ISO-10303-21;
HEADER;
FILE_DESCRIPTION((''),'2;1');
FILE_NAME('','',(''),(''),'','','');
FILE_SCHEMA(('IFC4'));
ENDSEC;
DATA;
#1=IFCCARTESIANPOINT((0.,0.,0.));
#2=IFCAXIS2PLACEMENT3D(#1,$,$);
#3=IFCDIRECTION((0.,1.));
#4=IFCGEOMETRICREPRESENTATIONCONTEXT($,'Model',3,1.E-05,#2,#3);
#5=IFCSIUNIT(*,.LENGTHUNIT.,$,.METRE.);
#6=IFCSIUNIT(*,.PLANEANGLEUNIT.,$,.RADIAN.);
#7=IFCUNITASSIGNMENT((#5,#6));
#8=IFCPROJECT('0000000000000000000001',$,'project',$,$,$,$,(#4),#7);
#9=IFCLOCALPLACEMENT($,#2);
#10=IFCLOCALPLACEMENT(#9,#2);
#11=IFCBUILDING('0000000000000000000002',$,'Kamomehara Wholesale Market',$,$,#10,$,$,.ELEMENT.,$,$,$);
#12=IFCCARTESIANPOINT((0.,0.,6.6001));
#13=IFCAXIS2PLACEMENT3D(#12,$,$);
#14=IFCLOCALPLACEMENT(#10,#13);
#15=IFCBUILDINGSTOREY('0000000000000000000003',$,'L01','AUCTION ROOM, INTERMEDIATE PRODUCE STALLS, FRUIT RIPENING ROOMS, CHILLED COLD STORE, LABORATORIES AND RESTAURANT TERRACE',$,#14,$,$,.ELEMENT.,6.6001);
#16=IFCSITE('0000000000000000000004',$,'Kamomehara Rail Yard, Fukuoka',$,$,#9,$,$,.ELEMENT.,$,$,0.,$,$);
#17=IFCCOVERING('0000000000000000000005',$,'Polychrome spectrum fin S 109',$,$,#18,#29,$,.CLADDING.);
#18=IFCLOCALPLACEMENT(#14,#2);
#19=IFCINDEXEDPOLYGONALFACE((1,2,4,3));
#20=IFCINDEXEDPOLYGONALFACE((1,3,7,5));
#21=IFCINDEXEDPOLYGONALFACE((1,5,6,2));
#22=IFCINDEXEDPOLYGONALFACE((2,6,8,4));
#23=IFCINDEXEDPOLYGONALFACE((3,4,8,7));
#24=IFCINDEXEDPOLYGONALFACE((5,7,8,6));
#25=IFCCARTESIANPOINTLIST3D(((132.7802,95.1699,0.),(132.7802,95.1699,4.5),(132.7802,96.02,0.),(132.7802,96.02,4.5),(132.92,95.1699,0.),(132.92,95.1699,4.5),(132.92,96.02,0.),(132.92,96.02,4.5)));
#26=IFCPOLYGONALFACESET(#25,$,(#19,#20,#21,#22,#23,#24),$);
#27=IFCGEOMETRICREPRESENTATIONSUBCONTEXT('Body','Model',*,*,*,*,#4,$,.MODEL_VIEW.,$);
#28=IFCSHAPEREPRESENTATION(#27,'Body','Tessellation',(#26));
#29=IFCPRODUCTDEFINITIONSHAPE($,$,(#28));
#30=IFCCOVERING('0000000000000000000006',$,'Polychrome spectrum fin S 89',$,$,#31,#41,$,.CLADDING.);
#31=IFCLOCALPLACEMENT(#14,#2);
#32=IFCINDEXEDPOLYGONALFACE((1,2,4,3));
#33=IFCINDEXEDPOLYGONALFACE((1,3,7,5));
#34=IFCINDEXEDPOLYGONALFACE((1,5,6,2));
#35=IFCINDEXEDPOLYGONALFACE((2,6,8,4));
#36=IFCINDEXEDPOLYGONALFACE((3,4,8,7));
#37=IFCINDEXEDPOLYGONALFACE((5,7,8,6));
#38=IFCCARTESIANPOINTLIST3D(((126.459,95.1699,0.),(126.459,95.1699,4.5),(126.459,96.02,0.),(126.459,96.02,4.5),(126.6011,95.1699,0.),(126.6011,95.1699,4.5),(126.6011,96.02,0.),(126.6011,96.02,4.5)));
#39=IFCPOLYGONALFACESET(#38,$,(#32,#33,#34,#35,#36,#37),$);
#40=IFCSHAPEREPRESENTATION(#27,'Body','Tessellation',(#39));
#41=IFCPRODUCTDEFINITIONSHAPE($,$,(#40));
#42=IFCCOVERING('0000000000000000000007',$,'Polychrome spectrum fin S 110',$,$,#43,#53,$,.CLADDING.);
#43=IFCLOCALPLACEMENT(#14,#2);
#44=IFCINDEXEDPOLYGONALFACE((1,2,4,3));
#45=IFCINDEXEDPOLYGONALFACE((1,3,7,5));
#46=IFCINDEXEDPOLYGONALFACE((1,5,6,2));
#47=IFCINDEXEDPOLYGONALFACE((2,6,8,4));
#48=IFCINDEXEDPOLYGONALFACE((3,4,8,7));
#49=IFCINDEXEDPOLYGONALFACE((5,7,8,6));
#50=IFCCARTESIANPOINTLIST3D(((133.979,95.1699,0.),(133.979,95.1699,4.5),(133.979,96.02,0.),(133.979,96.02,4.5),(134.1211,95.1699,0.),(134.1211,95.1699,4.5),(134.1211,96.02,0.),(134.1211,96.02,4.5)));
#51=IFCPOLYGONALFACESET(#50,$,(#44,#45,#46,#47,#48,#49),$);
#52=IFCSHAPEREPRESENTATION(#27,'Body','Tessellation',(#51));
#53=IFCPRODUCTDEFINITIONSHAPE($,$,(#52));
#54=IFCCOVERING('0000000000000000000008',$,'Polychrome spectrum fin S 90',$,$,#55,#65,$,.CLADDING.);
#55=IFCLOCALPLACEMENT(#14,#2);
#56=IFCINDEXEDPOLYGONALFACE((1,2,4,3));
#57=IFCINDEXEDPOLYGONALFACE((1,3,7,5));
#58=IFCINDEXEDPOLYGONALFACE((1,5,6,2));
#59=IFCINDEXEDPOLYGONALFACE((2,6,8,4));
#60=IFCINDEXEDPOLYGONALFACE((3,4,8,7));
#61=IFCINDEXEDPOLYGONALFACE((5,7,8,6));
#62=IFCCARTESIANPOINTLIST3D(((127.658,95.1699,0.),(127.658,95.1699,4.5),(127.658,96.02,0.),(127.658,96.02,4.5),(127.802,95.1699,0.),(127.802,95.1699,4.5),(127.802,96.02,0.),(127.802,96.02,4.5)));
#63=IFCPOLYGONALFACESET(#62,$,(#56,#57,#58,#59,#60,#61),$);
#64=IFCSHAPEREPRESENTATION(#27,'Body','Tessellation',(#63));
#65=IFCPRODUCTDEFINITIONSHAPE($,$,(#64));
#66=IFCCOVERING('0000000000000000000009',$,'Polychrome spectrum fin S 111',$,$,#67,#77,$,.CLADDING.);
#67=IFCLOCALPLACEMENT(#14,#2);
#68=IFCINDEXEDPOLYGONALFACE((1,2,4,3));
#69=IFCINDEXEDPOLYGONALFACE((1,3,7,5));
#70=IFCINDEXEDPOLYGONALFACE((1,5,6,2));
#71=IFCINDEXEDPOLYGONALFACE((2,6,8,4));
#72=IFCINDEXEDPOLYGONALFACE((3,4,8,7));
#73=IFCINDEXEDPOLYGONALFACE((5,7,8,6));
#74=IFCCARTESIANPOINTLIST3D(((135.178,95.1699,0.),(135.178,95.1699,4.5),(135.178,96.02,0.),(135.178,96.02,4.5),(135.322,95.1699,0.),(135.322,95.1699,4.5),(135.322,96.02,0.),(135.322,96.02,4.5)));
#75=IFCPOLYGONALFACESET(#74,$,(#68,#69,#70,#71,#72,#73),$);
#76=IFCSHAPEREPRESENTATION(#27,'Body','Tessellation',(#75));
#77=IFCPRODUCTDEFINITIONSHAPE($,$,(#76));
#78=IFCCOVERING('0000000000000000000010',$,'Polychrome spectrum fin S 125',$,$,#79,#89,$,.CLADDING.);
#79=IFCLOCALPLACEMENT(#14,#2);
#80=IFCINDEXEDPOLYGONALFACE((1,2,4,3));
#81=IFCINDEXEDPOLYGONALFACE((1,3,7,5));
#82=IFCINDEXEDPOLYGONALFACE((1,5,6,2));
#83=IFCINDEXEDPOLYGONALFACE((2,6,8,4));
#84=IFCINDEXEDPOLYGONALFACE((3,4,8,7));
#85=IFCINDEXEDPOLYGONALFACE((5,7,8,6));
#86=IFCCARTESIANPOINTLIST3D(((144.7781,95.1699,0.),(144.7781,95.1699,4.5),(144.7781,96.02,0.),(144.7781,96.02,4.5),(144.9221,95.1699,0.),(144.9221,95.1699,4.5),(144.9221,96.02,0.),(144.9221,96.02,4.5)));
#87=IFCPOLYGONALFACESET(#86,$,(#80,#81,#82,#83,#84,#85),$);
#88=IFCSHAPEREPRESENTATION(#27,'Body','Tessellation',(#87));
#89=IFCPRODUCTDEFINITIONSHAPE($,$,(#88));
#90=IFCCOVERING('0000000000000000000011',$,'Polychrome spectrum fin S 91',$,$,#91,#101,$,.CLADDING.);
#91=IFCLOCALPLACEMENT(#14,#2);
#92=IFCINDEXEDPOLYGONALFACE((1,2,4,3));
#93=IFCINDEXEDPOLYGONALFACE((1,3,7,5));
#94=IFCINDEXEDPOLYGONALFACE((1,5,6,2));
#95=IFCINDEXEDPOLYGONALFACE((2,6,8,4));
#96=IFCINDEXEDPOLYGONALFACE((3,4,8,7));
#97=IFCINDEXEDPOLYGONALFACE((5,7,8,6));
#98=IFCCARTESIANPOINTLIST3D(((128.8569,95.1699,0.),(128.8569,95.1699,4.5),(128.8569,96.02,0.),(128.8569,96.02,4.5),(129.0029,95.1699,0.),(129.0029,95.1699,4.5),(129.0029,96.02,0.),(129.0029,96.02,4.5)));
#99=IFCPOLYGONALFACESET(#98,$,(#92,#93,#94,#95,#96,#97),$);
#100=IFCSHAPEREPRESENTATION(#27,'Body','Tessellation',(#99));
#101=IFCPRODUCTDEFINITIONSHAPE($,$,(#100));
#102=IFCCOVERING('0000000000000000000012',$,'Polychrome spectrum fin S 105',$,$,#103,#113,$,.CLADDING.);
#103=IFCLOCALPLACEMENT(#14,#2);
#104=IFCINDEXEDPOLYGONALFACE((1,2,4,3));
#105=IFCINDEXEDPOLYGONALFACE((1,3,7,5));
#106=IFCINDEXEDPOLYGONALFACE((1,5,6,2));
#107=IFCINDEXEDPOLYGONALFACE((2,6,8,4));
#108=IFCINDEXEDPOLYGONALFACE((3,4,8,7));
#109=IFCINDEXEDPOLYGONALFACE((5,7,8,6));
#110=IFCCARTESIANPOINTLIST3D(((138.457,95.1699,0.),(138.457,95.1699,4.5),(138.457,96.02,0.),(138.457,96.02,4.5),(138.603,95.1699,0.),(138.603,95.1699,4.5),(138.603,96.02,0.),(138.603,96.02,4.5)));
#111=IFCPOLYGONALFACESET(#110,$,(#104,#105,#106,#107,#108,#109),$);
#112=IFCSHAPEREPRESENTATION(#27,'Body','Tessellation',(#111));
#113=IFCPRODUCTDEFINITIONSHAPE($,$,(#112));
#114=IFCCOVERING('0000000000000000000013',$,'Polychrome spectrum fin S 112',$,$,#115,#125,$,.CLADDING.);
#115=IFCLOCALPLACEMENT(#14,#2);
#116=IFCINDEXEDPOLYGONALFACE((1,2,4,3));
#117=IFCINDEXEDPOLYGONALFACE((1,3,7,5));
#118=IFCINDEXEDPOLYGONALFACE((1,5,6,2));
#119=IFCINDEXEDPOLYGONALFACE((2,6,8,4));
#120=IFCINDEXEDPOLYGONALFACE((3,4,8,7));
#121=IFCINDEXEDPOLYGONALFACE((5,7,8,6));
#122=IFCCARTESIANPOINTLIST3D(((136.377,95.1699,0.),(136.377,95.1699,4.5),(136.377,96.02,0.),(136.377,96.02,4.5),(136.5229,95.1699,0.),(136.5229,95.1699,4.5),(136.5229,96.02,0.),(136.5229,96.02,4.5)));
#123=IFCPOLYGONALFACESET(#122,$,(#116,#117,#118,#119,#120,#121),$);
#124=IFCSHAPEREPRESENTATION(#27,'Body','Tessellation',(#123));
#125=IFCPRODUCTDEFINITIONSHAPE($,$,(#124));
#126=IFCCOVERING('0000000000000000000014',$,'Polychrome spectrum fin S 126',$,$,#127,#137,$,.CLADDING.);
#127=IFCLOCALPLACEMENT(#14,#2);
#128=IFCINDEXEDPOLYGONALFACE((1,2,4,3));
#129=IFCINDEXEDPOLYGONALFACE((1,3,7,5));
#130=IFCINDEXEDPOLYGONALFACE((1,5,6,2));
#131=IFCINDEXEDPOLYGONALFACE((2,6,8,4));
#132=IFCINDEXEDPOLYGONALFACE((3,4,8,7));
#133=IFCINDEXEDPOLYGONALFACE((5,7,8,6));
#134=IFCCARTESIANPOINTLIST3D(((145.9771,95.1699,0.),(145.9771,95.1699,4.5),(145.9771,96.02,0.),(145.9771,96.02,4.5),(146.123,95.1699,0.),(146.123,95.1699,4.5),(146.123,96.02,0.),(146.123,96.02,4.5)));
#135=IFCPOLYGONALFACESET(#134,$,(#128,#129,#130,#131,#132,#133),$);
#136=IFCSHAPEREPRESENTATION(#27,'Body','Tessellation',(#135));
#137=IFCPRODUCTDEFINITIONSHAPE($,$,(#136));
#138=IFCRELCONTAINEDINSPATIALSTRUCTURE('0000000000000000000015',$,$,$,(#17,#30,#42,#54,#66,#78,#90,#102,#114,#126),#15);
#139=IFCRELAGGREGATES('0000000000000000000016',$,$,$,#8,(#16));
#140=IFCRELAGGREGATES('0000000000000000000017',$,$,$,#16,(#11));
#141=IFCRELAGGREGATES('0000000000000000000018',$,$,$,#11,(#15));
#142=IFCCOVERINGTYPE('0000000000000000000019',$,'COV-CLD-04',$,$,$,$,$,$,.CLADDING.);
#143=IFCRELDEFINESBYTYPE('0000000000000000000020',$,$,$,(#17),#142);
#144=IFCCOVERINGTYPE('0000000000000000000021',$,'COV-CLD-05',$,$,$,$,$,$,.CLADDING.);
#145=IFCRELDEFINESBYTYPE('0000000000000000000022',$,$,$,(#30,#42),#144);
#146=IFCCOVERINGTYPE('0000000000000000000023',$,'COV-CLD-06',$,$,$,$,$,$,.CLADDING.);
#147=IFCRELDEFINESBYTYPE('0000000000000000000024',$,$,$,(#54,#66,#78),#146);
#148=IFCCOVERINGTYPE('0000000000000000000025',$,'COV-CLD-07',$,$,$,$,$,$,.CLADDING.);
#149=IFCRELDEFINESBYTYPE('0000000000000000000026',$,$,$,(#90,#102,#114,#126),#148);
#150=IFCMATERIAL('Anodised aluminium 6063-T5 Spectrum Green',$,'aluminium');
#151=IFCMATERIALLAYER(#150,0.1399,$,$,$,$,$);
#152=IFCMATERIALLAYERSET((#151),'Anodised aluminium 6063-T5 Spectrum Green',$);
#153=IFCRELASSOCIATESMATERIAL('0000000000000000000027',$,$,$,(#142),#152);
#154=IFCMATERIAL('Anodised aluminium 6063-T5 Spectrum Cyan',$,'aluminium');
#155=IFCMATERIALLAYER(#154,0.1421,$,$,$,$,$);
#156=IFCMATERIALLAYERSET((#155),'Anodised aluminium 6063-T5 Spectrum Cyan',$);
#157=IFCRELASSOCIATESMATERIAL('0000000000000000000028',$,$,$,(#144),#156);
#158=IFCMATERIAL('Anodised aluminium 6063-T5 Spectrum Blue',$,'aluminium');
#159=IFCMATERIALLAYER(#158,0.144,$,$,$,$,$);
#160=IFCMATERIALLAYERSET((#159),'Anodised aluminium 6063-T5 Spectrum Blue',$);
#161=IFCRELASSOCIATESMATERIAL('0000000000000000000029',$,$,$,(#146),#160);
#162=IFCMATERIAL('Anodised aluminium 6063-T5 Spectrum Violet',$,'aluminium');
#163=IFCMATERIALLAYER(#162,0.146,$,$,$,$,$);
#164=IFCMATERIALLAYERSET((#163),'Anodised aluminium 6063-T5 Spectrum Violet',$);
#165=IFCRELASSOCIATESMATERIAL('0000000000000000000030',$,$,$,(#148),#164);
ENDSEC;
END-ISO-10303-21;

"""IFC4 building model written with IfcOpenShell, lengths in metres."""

from ifc_helpers import new_model, si_unit, direction, frame, origin, origin_2d, place, context, subcontext, project, spatial, rectangle, extrude, material, layer, layer_set, type_object, element, save


model = new_model("IFC4")

# Units and contexts
model_context = context("Model", 3, precision=1e-05, world=origin(), true_north=direction((0.0, 1.0)))
body_context = subcontext(model_context, "Body", "Model", "MODEL_VIEW")
ifc_project = project(units=[si_unit("LENGTHUNIT", "METRE"), si_unit("PLANEANGLEUNIT", "RADIAN")], contexts=[model_context])

# Site, building, storey
site_placement = place(None, origin())
site = spatial("IfcSite", under=ifc_project, at=site_placement, Name="Kamomehara Rail Yard, Fukuoka", CompositionType="ELEMENT", RefElevation=0.0)
building_placement = place(site_placement, origin())
building = spatial("IfcBuilding", under=site, at=building_placement, Name="Kamomehara Wholesale Market", CompositionType="ELEMENT")
storey_placement = place(building_placement, frame((0.0, 0.0, 6.6001)))
storey = spatial("IfcBuildingStorey", under=building, at=storey_placement, Name="L01", Description="AUCTION ROOM, INTERMEDIATE PRODUCE STALLS, FRUIT RIPENING ROOMS, CHILLED COLD STORE, LABORATORIES AND RESTAURANT TERRACE", CompositionType="ELEMENT", Elevation=6.6001)

# Coverings
ifc_material_1 = material(Name="Anodised aluminium 6063-T5 Spectrum Green", Category="aluminium")
ifc_layer_1 = layer(ifc_material_1, 0.1399)
ifc_layer_set_1 = layer_set([ifc_layer_1], Name="Anodised aluminium 6063-T5 Spectrum Green")
covering_type_1 = type_object("IfcCoveringType", Name="COV-CLD-04", PredefinedType="CLADDING", material=ifc_layer_set_1)
covering_placement = place(storey_placement, frame((132.8501, 95.595, 0.0), z_axis=(0.0, 0.0, 1.0), x_axis=(1.0, 0.0, 0.0)))
element("IfcCovering", 1, at=covering_placement, inside=storey, type_object=covering_type_1, Name="Polychrome spectrum fin S 109", PredefinedType="CLADDING", context=body_context, shape_type="SweptSolid", body=[
    extrude(rectangle(XDim=0.1399, YDim=0.8501, at=origin_2d()), origin(), (0.0, 0.0, 1.0), 4.5),
])
ifc_material_2 = material(Name="Anodised aluminium 6063-T5 Spectrum Cyan", Category="aluminium")
ifc_layer_2 = layer(ifc_material_2, 0.1421)
ifc_layer_set_2 = layer_set([ifc_layer_2], Name="Anodised aluminium 6063-T5 Spectrum Cyan")
covering_type_2 = type_object("IfcCoveringType", Name="COV-CLD-05", PredefinedType="CLADDING", material=ifc_layer_set_2)
for number, where, z_axis, x_axis, name in (
    (2, (126.53, 95.595, 0.0), (0.0, 0.0, 1.0), (1.0, 0.0, 0.0), "Polychrome spectrum fin S 89"),
    (3, (134.05, 95.595, 0.0), (0.0, 0.0, 1.0), (1.0, 0.0, 0.0), "Polychrome spectrum fin S 110"),
):
    element("IfcCovering", number, at=place(storey_placement, frame(where, z_axis=z_axis, x_axis=x_axis)), inside=storey, type_object=covering_type_2, Name=name, PredefinedType="CLADDING", context=body_context, shape_type="SweptSolid", body=[
        extrude(rectangle(XDim=0.1421, YDim=0.8501, at=origin_2d()), origin(), (0.0, 0.0, 1.0), 4.5),
    ])
ifc_material_3 = material(Name="Anodised aluminium 6063-T5 Spectrum Blue", Category="aluminium")
ifc_layer_3 = layer(ifc_material_3, 0.144)
ifc_layer_set_3 = layer_set([ifc_layer_3], Name="Anodised aluminium 6063-T5 Spectrum Blue")
covering_type_3 = type_object("IfcCoveringType", Name="COV-CLD-06", PredefinedType="CLADDING", material=ifc_layer_set_3)
for number, where, z_axis, x_axis, name in (
    (4, (127.73, 95.595, 0.0), (0.0, 0.0, 1.0), (1.0, 0.0, 0.0), "Polychrome spectrum fin S 90"),
    (5, (135.25, 95.595, 0.0), (0.0, 0.0, 1.0), (1.0, 0.0, 0.0), "Polychrome spectrum fin S 111"),
    (6, (144.8501, 95.595, 0.0), (0.0, 0.0, 1.0), (1.0, 0.0, 0.0), "Polychrome spectrum fin S 125"),
):
    element("IfcCovering", number, at=place(storey_placement, frame(where, z_axis=z_axis, x_axis=x_axis)), inside=storey, type_object=covering_type_3, Name=name, PredefinedType="CLADDING", context=body_context, shape_type="SweptSolid", body=[
        extrude(rectangle(XDim=0.144, YDim=0.8501, at=origin_2d()), origin(), (0.0, 0.0, 1.0), 4.5),
    ])
ifc_material_4 = material(Name="Anodised aluminium 6063-T5 Spectrum Violet", Category="aluminium")
ifc_layer_4 = layer(ifc_material_4, 0.146)
ifc_layer_set_4 = layer_set([ifc_layer_4], Name="Anodised aluminium 6063-T5 Spectrum Violet")
covering_type_4 = type_object("IfcCoveringType", Name="COV-CLD-07", PredefinedType="CLADDING", material=ifc_layer_set_4)
for number, where, z_axis, x_axis, name in (
    (7, (128.9299, 95.595, 0.0), (0.0, 0.0, 1.0), (1.0, 0.0, 0.0), "Polychrome spectrum fin S 91"),
    (8, (138.53, 95.595, 0.0), (0.0, 0.0, 1.0), (1.0, 0.0, 0.0), "Polychrome spectrum fin S 105"),
    (9, (136.45, 95.595, 0.0), (0.0, 0.0, 1.0), (1.0, 0.0, 0.0), "Polychrome spectrum fin S 112"),
    (10, (146.05, 95.595, 0.0), (0.0, 0.0, 1.0), (1.0, 0.0, 0.0), "Polychrome spectrum fin S 126"),
):
    element("IfcCovering", number, at=place(storey_placement, frame(where, z_axis=z_axis, x_axis=x_axis)), inside=storey, type_object=covering_type_4, Name=name, PredefinedType="CLADDING", context=body_context, shape_type="SweptSolid", body=[
        extrude(rectangle(XDim=0.146, YDim=0.8501, at=origin_2d()), origin(), (0.0, 0.0, 1.0), 4.5),
    ])

save(model, "model.ifc")
